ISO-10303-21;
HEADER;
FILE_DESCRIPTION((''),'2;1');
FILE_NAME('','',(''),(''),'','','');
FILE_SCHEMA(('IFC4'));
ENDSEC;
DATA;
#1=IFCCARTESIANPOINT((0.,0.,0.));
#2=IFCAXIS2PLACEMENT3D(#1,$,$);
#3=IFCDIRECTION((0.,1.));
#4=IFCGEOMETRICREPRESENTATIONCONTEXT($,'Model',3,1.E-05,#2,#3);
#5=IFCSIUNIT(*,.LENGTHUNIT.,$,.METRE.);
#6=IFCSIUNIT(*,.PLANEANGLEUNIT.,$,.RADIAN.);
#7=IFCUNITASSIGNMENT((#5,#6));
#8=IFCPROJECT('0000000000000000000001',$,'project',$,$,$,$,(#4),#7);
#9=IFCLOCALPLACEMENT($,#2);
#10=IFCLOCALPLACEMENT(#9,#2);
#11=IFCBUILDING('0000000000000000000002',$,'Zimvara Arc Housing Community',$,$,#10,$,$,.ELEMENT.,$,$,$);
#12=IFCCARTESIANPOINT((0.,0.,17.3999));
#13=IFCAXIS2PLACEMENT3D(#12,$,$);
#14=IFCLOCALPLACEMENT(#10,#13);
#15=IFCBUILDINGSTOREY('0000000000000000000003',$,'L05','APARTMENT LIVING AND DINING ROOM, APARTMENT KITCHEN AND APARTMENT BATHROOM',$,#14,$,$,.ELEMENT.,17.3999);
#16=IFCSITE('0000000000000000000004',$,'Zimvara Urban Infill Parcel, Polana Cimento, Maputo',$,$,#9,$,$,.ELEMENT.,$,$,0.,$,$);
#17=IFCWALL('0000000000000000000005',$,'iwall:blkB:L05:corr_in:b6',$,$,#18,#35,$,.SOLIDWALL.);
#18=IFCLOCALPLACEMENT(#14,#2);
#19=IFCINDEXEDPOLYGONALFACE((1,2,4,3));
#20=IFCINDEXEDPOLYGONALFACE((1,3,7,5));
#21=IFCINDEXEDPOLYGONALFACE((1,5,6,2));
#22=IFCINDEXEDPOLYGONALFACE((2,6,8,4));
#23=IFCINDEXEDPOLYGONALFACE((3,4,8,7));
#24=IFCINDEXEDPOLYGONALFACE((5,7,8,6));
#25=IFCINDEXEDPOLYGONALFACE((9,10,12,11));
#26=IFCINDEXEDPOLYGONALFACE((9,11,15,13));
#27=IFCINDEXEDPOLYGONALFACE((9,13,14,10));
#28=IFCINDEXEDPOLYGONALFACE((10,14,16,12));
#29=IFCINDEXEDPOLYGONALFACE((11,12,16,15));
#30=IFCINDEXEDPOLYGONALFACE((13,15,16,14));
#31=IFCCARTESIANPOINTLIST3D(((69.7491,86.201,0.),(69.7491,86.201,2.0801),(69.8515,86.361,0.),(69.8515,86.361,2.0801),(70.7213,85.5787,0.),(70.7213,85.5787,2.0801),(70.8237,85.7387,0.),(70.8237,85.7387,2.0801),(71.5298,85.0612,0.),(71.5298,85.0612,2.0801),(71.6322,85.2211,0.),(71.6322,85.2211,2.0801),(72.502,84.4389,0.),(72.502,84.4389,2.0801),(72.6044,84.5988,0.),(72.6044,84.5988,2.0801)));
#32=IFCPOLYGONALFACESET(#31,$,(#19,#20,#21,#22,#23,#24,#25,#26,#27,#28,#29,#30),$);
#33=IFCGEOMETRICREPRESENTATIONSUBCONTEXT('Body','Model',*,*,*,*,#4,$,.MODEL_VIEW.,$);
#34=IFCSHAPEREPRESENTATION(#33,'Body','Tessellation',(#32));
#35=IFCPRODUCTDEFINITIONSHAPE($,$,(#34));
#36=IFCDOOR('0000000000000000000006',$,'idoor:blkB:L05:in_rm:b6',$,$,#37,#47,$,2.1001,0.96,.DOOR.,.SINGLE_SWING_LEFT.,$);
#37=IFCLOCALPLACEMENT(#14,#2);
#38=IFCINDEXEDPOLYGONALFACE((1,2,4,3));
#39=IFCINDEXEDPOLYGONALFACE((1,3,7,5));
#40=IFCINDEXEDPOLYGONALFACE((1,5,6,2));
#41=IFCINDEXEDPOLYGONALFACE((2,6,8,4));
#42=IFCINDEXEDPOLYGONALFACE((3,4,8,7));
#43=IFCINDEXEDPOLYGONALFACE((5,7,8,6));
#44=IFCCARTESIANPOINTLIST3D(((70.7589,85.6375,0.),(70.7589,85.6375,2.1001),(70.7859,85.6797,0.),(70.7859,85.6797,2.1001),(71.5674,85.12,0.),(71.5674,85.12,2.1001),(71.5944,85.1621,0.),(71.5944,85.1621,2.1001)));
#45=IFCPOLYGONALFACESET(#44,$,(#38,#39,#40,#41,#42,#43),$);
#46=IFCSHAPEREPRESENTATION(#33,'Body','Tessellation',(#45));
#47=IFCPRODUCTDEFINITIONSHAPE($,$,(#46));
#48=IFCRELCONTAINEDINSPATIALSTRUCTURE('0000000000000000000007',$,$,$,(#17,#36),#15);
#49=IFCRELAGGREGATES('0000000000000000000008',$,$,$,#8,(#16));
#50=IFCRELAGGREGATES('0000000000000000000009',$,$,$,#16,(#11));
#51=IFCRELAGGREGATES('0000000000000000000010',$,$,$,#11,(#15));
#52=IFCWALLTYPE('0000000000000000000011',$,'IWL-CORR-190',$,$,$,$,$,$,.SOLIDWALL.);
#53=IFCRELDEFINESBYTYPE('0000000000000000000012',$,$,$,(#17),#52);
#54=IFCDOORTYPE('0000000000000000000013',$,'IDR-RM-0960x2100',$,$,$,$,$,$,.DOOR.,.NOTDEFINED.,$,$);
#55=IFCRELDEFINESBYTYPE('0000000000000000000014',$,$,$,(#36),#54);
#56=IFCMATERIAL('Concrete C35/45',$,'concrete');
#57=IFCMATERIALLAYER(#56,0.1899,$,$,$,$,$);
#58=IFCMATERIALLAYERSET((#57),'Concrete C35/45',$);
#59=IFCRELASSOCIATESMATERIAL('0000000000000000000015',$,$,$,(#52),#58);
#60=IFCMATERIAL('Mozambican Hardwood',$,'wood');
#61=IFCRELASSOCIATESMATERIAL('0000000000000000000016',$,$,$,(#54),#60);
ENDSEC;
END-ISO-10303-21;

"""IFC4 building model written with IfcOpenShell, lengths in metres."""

from ifc_helpers import new_model, si_unit, direction, frame, frame_2d, origin, place, context, subcontext, project, spatial, rectangle, extrude, material, layer, layer_set, type_object, element, fill, save


model = new_model("IFC4")

# Units and contexts
model_context = context("Model", 3, precision=1e-05, world=origin(), true_north=direction((0.0, 1.0)))
body_context = subcontext(model_context, "Body", "Model", "MODEL_VIEW")
ifc_project = project(units=[si_unit("LENGTHUNIT", "METRE"), si_unit("PLANEANGLEUNIT", "RADIAN")], contexts=[model_context])

# Site, building, storey
site_placement = place(None, origin())
site = spatial("IfcSite", under=ifc_project, at=site_placement, Name="Zimvara Urban Infill Parcel, Polana Cimento, Maputo", CompositionType="ELEMENT", RefElevation=0.0)
building_placement = place(site_placement, origin())
building = spatial("IfcBuilding", under=site, at=building_placement, Name="Zimvara Arc Housing Community", CompositionType="ELEMENT")
storey_placement = place(building_placement, frame((0.0, 0.0, 17.3999)))
storey = spatial("IfcBuildingStorey", under=building, at=storey_placement, Name="L05", Description="APARTMENT LIVING AND DINING ROOM, APARTMENT KITCHEN AND APARTMENT BATHROOM", CompositionType="ELEMENT", Elevation=17.3999)

# Wall, opening, door
ifc_material_1 = material(Name="Concrete C35/45", Category="concrete")
ifc_layer = layer(ifc_material_1, 0.1899)
ifc_layer_set = layer_set([ifc_layer], Name="Concrete C35/45")
wall_type = type_object("IfcWallType", Name="IWL-CORR-190", PredefinedType="SOLIDWALL", material=ifc_layer_set)
wall_1_placement = place(storey_placement, frame((69.8003, 86.281, 0.0), z_axis=(0.0, 0.0, 1.0), x_axis=(0.842225, -0.539126, 0.0)))
wall_1 = element("IfcWall", 1, at=wall_1_placement, inside=storey, type_object=wall_type, Name="iwall:blkB:L05:corr_in:b6", PredefinedType="SOLIDWALL", context=body_context, shape_type="SweptSolid", body=[
    extrude(rectangle(XDim=3.2686, YDim=0.1899, at=frame_2d((1.6343, 0.0))), origin(), (0.0, 0.0, 1.0), 2.0801),
])
opening_1_placement = place(wall_1_placement, frame((1.1543, 0.0, 0.0)))
opening_1 = element("IfcOpeningElement", 2, at=opening_1_placement, cuts=wall_1, PredefinedType="OPENING", context=body_context, shape_type="SweptSolid", body=[
    extrude(rectangle(XDim=0.96, YDim=2.1001, at=frame_2d((0.48, 1.05))), frame((0.0, 0.105, 0.0), z_axis=(0.0, -1.0, 0.0), x_axis=(1.0, 0.0, 0.0)), (0.0, 0.0, 1.0), 0.21),
])
ifc_material_2 = material(Name="Mozambican Hardwood", Category="wood")
door_type_1 = type_object("IfcDoorType", Name="IDR-RM-0960x2100", OperationType="NOTDEFINED", PredefinedType="DOOR", material=ifc_material_2)
door_1_placement = place(opening_1_placement, origin())
door_1 = element("IfcDoor", 3, at=door_1_placement, inside=storey, type_object=door_type_1, Name="idoor:blkB:L05:in_rm:b6", OperationType="SINGLE_SWING_LEFT", OverallHeight=2.1001, OverallWidth=0.96, PredefinedType="DOOR", context=body_context, shape_type="SweptSolid", body=[
    extrude(rectangle(XDim=0.96, YDim=2.1001, at=frame_2d((0.48, 1.05))), frame((0.0, 0.0249, 0.0), z_axis=(0.0, -1.0, 0.0), x_axis=(1.0, 0.0, 0.0)), (0.0, 0.0, 1.0), 0.05),
])
fill(opening_1, door_1)

save(model, "model.ifc")
